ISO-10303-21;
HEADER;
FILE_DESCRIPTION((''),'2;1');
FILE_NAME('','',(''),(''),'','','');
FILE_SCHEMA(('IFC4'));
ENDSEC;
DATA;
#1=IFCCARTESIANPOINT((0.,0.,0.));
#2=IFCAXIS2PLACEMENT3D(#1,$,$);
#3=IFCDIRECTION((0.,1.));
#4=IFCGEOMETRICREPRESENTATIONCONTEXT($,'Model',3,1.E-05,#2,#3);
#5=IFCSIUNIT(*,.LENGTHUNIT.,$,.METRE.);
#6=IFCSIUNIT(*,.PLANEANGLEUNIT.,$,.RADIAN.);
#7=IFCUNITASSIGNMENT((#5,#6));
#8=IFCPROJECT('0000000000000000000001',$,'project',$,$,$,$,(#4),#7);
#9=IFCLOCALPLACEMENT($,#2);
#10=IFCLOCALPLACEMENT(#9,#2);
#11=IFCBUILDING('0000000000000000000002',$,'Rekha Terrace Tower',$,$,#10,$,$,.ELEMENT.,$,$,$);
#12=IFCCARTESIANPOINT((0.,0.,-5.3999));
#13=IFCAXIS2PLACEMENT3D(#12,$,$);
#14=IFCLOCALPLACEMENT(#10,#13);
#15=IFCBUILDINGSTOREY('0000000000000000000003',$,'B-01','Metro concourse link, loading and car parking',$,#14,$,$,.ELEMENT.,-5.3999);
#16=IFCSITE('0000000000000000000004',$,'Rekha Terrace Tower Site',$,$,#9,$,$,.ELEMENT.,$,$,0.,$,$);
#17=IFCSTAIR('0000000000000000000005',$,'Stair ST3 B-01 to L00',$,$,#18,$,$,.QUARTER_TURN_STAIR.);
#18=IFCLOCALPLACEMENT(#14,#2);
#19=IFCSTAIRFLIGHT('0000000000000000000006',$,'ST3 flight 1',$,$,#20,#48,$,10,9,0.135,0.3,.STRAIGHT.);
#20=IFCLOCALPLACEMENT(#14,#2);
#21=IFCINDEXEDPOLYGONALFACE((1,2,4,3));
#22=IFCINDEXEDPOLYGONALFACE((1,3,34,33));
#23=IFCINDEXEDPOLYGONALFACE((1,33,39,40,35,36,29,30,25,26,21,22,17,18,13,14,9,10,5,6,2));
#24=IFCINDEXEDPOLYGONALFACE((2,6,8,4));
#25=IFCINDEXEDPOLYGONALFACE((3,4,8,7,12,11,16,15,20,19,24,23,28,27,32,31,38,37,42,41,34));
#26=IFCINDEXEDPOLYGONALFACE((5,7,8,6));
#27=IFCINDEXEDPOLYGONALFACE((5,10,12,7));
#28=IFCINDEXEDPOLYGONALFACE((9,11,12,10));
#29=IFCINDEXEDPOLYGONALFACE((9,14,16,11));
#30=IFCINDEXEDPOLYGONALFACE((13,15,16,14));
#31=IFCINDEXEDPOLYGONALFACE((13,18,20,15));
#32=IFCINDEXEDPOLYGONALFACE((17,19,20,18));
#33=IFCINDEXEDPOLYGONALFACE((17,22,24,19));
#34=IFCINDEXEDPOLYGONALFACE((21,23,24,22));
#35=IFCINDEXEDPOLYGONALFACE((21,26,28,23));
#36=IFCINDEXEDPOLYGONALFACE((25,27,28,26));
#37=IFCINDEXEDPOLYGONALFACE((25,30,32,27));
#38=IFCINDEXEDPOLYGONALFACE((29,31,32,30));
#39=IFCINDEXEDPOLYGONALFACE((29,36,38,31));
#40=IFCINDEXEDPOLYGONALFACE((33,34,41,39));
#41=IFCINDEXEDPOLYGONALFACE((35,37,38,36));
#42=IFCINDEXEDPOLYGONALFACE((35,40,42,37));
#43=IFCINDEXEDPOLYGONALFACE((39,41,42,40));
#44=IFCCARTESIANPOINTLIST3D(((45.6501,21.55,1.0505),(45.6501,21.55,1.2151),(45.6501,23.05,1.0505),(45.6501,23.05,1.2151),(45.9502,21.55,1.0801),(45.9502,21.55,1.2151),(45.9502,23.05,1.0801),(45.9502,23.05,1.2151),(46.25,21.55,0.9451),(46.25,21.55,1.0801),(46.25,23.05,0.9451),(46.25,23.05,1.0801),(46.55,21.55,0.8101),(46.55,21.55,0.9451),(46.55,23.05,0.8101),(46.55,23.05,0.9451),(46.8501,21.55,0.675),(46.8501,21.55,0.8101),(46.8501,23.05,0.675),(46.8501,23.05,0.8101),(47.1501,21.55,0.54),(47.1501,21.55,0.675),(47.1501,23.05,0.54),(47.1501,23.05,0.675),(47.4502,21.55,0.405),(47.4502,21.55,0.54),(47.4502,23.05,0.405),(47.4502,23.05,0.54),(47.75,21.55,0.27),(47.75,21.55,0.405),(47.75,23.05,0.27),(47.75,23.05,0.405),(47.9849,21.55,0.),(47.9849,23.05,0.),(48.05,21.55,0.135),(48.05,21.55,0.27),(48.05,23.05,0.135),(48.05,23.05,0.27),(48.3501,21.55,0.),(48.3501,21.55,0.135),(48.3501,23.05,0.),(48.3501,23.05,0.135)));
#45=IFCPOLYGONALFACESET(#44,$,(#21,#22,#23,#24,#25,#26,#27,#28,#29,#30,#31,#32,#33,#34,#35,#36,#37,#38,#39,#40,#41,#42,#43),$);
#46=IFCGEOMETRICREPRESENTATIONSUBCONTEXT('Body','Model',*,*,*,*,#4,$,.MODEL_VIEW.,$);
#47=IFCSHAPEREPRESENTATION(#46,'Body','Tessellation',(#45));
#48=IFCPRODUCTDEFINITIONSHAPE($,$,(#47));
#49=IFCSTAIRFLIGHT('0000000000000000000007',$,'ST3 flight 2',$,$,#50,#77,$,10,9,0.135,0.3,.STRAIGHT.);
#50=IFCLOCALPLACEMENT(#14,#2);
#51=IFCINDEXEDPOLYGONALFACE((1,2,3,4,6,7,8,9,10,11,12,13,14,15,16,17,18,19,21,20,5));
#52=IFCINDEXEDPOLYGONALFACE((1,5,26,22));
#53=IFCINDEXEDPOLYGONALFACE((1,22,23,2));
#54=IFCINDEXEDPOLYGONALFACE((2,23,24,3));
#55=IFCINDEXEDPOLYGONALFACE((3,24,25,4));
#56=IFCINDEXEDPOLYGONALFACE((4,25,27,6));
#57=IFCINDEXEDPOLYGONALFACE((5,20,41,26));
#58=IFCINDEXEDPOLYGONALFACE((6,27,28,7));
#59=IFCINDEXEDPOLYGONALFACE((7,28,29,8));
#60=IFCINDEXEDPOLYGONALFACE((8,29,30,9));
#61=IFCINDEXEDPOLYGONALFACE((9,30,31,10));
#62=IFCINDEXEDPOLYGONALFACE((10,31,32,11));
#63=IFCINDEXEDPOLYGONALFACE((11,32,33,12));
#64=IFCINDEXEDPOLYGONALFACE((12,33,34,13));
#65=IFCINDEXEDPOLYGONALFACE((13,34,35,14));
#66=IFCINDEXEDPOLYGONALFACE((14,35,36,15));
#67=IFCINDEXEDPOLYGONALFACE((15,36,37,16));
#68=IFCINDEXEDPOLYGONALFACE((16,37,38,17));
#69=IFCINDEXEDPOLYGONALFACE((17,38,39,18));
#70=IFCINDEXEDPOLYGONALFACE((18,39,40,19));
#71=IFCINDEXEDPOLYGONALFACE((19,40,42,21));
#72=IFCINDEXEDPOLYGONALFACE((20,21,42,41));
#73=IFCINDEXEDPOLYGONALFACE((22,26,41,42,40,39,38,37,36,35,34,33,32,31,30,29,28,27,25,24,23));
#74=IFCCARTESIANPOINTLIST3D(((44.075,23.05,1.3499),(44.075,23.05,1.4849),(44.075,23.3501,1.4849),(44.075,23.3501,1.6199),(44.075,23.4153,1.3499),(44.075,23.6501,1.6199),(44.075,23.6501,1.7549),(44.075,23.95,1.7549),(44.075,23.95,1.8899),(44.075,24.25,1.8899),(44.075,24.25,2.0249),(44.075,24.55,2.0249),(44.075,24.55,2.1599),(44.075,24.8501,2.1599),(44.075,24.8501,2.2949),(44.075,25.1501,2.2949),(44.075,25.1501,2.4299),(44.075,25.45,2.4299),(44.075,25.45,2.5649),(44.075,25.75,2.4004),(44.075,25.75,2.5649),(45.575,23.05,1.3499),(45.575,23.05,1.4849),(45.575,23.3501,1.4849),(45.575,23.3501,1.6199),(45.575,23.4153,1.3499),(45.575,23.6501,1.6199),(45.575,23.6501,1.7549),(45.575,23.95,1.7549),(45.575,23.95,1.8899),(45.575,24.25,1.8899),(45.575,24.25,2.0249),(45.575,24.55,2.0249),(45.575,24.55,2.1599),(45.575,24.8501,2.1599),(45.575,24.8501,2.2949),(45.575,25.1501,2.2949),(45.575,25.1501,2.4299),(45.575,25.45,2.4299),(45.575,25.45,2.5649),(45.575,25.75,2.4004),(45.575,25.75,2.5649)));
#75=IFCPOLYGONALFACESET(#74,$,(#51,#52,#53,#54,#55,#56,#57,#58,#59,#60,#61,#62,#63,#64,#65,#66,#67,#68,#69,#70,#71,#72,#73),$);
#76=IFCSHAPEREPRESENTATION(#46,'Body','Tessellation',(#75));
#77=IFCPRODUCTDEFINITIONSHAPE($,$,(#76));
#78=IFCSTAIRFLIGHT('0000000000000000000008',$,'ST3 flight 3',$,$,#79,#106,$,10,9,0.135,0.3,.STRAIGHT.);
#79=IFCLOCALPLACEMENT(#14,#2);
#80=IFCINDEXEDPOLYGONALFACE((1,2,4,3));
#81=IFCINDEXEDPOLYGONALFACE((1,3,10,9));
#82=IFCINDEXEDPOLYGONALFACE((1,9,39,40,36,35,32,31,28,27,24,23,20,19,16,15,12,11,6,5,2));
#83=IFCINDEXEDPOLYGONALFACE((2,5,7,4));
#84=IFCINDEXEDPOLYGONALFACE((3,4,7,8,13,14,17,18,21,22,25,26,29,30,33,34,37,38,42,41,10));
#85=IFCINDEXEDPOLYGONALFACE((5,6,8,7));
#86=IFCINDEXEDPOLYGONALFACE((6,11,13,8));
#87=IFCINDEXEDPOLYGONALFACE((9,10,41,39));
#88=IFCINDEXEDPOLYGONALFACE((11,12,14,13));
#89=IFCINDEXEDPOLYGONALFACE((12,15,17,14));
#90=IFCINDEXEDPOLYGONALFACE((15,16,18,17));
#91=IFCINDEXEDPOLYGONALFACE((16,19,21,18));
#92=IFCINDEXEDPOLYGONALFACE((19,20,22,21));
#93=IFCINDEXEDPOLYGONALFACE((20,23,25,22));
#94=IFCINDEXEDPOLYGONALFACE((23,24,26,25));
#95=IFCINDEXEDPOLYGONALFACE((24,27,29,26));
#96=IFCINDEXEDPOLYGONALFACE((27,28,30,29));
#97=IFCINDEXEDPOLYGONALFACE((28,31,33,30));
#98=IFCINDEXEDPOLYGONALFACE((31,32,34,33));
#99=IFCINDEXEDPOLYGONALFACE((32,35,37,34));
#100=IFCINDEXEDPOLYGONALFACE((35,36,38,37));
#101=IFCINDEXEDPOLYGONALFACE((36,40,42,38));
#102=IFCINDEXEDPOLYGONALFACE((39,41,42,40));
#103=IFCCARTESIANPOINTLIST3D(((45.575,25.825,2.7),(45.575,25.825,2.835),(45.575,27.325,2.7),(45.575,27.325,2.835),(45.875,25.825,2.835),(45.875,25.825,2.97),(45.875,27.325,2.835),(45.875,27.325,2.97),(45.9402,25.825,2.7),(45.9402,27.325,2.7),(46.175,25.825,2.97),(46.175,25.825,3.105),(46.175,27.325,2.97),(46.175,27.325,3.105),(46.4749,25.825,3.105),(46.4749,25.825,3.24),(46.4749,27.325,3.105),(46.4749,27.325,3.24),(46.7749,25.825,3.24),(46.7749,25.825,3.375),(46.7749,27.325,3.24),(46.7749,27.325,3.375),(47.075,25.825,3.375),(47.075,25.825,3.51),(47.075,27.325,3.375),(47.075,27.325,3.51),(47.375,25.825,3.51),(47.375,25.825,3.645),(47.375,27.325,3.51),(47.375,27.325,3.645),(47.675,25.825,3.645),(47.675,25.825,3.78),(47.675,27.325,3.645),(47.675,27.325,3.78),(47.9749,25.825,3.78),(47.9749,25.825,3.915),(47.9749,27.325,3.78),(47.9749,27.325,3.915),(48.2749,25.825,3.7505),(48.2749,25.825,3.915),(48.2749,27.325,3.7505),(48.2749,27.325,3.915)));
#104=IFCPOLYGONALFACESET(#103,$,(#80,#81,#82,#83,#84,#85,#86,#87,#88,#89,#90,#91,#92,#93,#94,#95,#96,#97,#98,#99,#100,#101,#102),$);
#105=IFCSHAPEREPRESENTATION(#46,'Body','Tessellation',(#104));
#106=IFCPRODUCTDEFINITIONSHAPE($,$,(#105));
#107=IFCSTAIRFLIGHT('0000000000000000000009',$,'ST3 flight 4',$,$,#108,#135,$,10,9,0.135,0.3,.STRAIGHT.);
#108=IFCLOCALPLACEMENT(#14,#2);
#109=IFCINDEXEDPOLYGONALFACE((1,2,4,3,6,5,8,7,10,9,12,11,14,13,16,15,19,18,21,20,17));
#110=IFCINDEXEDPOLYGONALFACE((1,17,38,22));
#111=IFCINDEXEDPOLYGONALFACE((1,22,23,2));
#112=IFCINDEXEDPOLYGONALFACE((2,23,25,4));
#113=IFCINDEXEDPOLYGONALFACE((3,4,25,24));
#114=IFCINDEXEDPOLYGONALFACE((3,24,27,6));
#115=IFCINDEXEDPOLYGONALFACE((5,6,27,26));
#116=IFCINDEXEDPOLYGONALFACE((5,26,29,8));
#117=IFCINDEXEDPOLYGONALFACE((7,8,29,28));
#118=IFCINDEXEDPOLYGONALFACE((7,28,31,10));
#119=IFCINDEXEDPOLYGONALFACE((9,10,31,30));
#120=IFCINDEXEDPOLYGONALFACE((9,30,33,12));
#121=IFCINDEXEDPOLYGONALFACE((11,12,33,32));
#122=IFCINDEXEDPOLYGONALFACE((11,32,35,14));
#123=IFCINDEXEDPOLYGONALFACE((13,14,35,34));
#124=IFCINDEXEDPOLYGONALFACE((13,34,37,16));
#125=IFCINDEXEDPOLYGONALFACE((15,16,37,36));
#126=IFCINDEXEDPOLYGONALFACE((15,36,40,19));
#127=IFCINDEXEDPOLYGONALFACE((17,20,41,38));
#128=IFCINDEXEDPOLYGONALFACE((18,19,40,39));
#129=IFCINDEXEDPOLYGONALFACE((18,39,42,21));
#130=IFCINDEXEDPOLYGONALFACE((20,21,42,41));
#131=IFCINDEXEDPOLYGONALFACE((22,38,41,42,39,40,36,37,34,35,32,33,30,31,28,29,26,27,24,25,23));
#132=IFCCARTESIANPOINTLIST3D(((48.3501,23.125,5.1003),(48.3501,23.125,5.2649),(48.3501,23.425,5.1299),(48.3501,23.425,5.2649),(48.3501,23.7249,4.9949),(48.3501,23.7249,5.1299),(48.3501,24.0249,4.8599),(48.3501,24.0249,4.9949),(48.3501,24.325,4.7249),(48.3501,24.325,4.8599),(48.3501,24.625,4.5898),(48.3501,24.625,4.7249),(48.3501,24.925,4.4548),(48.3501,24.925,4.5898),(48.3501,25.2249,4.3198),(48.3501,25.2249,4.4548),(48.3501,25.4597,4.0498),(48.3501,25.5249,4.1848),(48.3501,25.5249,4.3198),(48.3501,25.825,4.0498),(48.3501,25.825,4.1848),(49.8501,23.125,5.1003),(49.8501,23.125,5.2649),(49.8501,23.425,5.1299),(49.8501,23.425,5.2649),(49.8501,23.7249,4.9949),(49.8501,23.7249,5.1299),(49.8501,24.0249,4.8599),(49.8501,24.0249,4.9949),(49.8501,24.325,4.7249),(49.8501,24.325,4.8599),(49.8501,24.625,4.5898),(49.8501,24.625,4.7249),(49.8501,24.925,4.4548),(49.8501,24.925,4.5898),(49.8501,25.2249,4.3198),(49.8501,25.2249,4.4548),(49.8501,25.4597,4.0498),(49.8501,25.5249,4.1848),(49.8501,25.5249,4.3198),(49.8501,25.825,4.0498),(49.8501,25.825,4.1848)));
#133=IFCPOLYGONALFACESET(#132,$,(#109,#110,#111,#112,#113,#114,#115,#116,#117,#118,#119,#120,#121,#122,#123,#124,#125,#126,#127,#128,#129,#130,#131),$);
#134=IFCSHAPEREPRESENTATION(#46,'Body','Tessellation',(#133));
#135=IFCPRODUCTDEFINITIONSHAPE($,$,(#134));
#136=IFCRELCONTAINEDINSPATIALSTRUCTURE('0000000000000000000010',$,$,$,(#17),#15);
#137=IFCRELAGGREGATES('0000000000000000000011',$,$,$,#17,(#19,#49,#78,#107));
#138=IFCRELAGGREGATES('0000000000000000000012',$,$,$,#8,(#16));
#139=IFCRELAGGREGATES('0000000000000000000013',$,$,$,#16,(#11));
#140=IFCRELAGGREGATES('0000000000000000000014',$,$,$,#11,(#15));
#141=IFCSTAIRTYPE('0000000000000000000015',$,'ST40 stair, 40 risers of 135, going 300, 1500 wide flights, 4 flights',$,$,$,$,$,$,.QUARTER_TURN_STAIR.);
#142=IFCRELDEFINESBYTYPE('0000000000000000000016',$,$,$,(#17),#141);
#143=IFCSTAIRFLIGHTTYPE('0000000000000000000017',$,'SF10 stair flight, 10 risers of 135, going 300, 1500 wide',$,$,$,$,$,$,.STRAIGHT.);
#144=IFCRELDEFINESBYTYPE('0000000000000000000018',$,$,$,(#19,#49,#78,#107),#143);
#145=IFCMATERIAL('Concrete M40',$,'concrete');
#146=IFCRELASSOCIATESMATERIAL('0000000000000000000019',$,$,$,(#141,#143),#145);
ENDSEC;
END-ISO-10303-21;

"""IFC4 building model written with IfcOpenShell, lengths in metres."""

from ifc_helpers import new_model, si_unit, direction, frame, origin, place, context, subcontext, project, spatial, polyline, outline, extrude, material, type_object, element, aggregate, save


model = new_model("IFC4")

# Units and contexts
model_context = context("Model", 3, precision=1e-05, world=origin(), true_north=direction((0.0, 1.0)))
body_context = subcontext(model_context, "Body", "Model", "MODEL_VIEW")
ifc_project = project(units=[si_unit("LENGTHUNIT", "METRE"), si_unit("PLANEANGLEUNIT", "RADIAN")], contexts=[model_context])

# Site, building, storey
site_placement = place(None, origin())
site = spatial("IfcSite", under=ifc_project, at=site_placement, Name="Rekha Terrace Tower Site", CompositionType="ELEMENT", RefElevation=0.0)
building_placement = place(site_placement, origin())
building = spatial("IfcBuilding", under=site, at=building_placement, Name="Rekha Terrace Tower", CompositionType="ELEMENT")
storey_placement = place(building_placement, frame((0.0, 0.0, -5.3999)))
storey = spatial("IfcBuildingStorey", under=building, at=storey_placement, Name="B-01", Description="Metro concourse link, loading and car parking", CompositionType="ELEMENT", Elevation=-5.3999)

# Stair, stair flights
ifc_material_1 = material(Name="Concrete M40", Category="concrete")
stair_type = type_object("IfcStairType", Name="ST40 stair, 40 risers of 135, going 300, 1500 wide flights, 4 flights", PredefinedType="QUARTER_TURN_STAIR", material=ifc_material_1)
stair_placement = place(storey_placement, origin())
stair = element("IfcStair", 1, at=stair_placement, inside=storey, type_object=stair_type, Name="Stair ST3 B-01 to L00", PredefinedType="QUARTER_TURN_STAIR")
stair_flight_type = type_object("IfcStairFlightType", Name="SF10 stair flight, 10 risers of 135, going 300, 1500 wide", PredefinedType="STRAIGHT", material=ifc_material_1)
stair_flight_1_placement = place(storey_placement, frame((48.3501, 22.3, 0.0), z_axis=(0.0, 0.0, 1.0), x_axis=(-1.0, 0.0, 0.0)))
stair_flight_1 = element("IfcStairFlight", 2, at=stair_flight_1_placement, type_object=stair_flight_type, Name="ST3 flight 1", NumberOfRisers=10, NumberOfTreads=9, PredefinedType="STRAIGHT", RiserHeight=0.135, TreadLength=0.3, context=body_context, shape_type="SweptSolid", body=[
    extrude(outline(polyline([(0.0, 0.0), (0.0, 0.135), (0.3, 0.135), (0.3, 0.27), (0.6001, 0.27), (0.6001, 0.405), (0.8999, 0.405), (0.8999, 0.54), (1.2, 0.54), (1.2, 0.675), (1.5, 0.675), (1.5, 0.8101), (1.8, 0.8101), (1.8, 0.9451), (2.1001, 0.9451), (2.1001, 1.0801), (2.3999, 1.0801), (2.3999, 1.2151), (2.7, 1.2151), (2.7, 1.3501), (2.7, 1.0505), (0.3652, 0.0), (0.0, 0.0)])), frame((0.0, 0.75, 0.0), z_axis=(0.0, -1.0, 0.0), x_axis=(1.0, 0.0, 0.0)), (0.0, 0.0, 1.0), 1.5),
])
stair_flight_2_placement = place(storey_placement, frame((44.825, 23.05, 1.3499), z_axis=(0.0, 0.0, 1.0), x_axis=(0.0, 1.0, 0.0)))
stair_flight_2 = element("IfcStairFlight", 3, at=stair_flight_2_placement, type_object=stair_flight_type, Name="ST3 flight 2", NumberOfRisers=10, NumberOfTreads=9, PredefinedType="STRAIGHT", RiserHeight=0.135, TreadLength=0.3, context=body_context, shape_type="SweptSolid", body=[
    extrude(outline(polyline([(0.0, 0.0), (0.0, 0.135), (0.3, 0.135), (0.3, 0.27), (0.6001, 0.27), (0.6001, 0.405), (0.8999, 0.405), (0.8999, 0.54), (1.2, 0.54), (1.2, 0.675), (1.5, 0.675), (1.5, 0.8101), (1.8, 0.8101), (1.8, 0.9451), (2.1001, 0.9451), (2.1001, 1.0801), (2.3999, 1.0801), (2.3999, 1.2151), (2.7, 1.2151), (2.7, 1.3501), (2.7, 1.0505), (0.3652, 0.0), (0.0, 0.0)])), frame((0.0, 0.75, 0.0), z_axis=(0.0, -1.0, 0.0), x_axis=(1.0, 0.0, 0.0)), (0.0, 0.0, 1.0), 1.5),
])
stair_flight_3_placement = place(storey_placement, frame((45.575, 26.575, 2.7), z_axis=(0.0, 0.0, 1.0), x_axis=(1.0, 0.0, 0.0)))
stair_flight_3 = element("IfcStairFlight", 4, at=stair_flight_3_placement, type_object=stair_flight_type, Name="ST3 flight 3", NumberOfRisers=10, NumberOfTreads=9, PredefinedType="STRAIGHT", RiserHeight=0.135, TreadLength=0.3, context=body_context, shape_type="SweptSolid", body=[
    extrude(outline(polyline([(0.0, 0.0), (0.0, 0.135), (0.3, 0.135), (0.3, 0.27), (0.6001, 0.27), (0.6001, 0.405), (0.8999, 0.405), (0.8999, 0.54), (1.2, 0.54), (1.2, 0.675), (1.5, 0.675), (1.5, 0.8101), (1.8, 0.8101), (1.8, 0.9451), (2.1001, 0.9451), (2.1001, 1.0801), (2.3999, 1.0801), (2.3999, 1.2151), (2.7, 1.2151), (2.7, 1.3501), (2.7, 1.0505), (0.3652, 0.0), (0.0, 0.0)])), frame((0.0, 0.75, 0.0), z_axis=(0.0, -1.0, 0.0), x_axis=(1.0, 0.0, 0.0)), (0.0, 0.0, 1.0), 1.5),
])
stair_flight_4_placement = place(storey_placement, frame((49.1001, 25.825, 4.0498), z_axis=(0.0, 0.0, 1.0), x_axis=(0.0, -1.0, 0.0)))
stair_flight_4 = element("IfcStairFlight", 5, at=stair_flight_4_placement, type_object=stair_flight_type, Name="ST3 flight 4", NumberOfRisers=10, NumberOfTreads=9, PredefinedType="STRAIGHT", RiserHeight=0.135, TreadLength=0.3, context=body_context, shape_type="SweptSolid", body=[
    extrude(outline(polyline([(0.0, 0.0), (0.0, 0.135), (0.3, 0.135), (0.3, 0.27), (0.6001, 0.27), (0.6001, 0.405), (0.8999, 0.405), (0.8999, 0.54), (1.2, 0.54), (1.2, 0.675), (1.5, 0.675), (1.5, 0.8101), (1.8, 0.8101), (1.8, 0.9451), (2.1001, 0.9451), (2.1001, 1.0801), (2.3999, 1.0801), (2.3999, 1.2151), (2.7, 1.2151), (2.7, 1.3501), (2.7, 1.0505), (0.3652, 0.0), (0.0, 0.0)])), frame((0.0, 0.75, 0.0), z_axis=(0.0, -1.0, 0.0), x_axis=(1.0, 0.0, 0.0)), (0.0, 0.0, 1.0), 1.5),
])
aggregate(stair, [stair_flight_1, stair_flight_2, stair_flight_3, stair_flight_4])

save(model, "model.ifc")
